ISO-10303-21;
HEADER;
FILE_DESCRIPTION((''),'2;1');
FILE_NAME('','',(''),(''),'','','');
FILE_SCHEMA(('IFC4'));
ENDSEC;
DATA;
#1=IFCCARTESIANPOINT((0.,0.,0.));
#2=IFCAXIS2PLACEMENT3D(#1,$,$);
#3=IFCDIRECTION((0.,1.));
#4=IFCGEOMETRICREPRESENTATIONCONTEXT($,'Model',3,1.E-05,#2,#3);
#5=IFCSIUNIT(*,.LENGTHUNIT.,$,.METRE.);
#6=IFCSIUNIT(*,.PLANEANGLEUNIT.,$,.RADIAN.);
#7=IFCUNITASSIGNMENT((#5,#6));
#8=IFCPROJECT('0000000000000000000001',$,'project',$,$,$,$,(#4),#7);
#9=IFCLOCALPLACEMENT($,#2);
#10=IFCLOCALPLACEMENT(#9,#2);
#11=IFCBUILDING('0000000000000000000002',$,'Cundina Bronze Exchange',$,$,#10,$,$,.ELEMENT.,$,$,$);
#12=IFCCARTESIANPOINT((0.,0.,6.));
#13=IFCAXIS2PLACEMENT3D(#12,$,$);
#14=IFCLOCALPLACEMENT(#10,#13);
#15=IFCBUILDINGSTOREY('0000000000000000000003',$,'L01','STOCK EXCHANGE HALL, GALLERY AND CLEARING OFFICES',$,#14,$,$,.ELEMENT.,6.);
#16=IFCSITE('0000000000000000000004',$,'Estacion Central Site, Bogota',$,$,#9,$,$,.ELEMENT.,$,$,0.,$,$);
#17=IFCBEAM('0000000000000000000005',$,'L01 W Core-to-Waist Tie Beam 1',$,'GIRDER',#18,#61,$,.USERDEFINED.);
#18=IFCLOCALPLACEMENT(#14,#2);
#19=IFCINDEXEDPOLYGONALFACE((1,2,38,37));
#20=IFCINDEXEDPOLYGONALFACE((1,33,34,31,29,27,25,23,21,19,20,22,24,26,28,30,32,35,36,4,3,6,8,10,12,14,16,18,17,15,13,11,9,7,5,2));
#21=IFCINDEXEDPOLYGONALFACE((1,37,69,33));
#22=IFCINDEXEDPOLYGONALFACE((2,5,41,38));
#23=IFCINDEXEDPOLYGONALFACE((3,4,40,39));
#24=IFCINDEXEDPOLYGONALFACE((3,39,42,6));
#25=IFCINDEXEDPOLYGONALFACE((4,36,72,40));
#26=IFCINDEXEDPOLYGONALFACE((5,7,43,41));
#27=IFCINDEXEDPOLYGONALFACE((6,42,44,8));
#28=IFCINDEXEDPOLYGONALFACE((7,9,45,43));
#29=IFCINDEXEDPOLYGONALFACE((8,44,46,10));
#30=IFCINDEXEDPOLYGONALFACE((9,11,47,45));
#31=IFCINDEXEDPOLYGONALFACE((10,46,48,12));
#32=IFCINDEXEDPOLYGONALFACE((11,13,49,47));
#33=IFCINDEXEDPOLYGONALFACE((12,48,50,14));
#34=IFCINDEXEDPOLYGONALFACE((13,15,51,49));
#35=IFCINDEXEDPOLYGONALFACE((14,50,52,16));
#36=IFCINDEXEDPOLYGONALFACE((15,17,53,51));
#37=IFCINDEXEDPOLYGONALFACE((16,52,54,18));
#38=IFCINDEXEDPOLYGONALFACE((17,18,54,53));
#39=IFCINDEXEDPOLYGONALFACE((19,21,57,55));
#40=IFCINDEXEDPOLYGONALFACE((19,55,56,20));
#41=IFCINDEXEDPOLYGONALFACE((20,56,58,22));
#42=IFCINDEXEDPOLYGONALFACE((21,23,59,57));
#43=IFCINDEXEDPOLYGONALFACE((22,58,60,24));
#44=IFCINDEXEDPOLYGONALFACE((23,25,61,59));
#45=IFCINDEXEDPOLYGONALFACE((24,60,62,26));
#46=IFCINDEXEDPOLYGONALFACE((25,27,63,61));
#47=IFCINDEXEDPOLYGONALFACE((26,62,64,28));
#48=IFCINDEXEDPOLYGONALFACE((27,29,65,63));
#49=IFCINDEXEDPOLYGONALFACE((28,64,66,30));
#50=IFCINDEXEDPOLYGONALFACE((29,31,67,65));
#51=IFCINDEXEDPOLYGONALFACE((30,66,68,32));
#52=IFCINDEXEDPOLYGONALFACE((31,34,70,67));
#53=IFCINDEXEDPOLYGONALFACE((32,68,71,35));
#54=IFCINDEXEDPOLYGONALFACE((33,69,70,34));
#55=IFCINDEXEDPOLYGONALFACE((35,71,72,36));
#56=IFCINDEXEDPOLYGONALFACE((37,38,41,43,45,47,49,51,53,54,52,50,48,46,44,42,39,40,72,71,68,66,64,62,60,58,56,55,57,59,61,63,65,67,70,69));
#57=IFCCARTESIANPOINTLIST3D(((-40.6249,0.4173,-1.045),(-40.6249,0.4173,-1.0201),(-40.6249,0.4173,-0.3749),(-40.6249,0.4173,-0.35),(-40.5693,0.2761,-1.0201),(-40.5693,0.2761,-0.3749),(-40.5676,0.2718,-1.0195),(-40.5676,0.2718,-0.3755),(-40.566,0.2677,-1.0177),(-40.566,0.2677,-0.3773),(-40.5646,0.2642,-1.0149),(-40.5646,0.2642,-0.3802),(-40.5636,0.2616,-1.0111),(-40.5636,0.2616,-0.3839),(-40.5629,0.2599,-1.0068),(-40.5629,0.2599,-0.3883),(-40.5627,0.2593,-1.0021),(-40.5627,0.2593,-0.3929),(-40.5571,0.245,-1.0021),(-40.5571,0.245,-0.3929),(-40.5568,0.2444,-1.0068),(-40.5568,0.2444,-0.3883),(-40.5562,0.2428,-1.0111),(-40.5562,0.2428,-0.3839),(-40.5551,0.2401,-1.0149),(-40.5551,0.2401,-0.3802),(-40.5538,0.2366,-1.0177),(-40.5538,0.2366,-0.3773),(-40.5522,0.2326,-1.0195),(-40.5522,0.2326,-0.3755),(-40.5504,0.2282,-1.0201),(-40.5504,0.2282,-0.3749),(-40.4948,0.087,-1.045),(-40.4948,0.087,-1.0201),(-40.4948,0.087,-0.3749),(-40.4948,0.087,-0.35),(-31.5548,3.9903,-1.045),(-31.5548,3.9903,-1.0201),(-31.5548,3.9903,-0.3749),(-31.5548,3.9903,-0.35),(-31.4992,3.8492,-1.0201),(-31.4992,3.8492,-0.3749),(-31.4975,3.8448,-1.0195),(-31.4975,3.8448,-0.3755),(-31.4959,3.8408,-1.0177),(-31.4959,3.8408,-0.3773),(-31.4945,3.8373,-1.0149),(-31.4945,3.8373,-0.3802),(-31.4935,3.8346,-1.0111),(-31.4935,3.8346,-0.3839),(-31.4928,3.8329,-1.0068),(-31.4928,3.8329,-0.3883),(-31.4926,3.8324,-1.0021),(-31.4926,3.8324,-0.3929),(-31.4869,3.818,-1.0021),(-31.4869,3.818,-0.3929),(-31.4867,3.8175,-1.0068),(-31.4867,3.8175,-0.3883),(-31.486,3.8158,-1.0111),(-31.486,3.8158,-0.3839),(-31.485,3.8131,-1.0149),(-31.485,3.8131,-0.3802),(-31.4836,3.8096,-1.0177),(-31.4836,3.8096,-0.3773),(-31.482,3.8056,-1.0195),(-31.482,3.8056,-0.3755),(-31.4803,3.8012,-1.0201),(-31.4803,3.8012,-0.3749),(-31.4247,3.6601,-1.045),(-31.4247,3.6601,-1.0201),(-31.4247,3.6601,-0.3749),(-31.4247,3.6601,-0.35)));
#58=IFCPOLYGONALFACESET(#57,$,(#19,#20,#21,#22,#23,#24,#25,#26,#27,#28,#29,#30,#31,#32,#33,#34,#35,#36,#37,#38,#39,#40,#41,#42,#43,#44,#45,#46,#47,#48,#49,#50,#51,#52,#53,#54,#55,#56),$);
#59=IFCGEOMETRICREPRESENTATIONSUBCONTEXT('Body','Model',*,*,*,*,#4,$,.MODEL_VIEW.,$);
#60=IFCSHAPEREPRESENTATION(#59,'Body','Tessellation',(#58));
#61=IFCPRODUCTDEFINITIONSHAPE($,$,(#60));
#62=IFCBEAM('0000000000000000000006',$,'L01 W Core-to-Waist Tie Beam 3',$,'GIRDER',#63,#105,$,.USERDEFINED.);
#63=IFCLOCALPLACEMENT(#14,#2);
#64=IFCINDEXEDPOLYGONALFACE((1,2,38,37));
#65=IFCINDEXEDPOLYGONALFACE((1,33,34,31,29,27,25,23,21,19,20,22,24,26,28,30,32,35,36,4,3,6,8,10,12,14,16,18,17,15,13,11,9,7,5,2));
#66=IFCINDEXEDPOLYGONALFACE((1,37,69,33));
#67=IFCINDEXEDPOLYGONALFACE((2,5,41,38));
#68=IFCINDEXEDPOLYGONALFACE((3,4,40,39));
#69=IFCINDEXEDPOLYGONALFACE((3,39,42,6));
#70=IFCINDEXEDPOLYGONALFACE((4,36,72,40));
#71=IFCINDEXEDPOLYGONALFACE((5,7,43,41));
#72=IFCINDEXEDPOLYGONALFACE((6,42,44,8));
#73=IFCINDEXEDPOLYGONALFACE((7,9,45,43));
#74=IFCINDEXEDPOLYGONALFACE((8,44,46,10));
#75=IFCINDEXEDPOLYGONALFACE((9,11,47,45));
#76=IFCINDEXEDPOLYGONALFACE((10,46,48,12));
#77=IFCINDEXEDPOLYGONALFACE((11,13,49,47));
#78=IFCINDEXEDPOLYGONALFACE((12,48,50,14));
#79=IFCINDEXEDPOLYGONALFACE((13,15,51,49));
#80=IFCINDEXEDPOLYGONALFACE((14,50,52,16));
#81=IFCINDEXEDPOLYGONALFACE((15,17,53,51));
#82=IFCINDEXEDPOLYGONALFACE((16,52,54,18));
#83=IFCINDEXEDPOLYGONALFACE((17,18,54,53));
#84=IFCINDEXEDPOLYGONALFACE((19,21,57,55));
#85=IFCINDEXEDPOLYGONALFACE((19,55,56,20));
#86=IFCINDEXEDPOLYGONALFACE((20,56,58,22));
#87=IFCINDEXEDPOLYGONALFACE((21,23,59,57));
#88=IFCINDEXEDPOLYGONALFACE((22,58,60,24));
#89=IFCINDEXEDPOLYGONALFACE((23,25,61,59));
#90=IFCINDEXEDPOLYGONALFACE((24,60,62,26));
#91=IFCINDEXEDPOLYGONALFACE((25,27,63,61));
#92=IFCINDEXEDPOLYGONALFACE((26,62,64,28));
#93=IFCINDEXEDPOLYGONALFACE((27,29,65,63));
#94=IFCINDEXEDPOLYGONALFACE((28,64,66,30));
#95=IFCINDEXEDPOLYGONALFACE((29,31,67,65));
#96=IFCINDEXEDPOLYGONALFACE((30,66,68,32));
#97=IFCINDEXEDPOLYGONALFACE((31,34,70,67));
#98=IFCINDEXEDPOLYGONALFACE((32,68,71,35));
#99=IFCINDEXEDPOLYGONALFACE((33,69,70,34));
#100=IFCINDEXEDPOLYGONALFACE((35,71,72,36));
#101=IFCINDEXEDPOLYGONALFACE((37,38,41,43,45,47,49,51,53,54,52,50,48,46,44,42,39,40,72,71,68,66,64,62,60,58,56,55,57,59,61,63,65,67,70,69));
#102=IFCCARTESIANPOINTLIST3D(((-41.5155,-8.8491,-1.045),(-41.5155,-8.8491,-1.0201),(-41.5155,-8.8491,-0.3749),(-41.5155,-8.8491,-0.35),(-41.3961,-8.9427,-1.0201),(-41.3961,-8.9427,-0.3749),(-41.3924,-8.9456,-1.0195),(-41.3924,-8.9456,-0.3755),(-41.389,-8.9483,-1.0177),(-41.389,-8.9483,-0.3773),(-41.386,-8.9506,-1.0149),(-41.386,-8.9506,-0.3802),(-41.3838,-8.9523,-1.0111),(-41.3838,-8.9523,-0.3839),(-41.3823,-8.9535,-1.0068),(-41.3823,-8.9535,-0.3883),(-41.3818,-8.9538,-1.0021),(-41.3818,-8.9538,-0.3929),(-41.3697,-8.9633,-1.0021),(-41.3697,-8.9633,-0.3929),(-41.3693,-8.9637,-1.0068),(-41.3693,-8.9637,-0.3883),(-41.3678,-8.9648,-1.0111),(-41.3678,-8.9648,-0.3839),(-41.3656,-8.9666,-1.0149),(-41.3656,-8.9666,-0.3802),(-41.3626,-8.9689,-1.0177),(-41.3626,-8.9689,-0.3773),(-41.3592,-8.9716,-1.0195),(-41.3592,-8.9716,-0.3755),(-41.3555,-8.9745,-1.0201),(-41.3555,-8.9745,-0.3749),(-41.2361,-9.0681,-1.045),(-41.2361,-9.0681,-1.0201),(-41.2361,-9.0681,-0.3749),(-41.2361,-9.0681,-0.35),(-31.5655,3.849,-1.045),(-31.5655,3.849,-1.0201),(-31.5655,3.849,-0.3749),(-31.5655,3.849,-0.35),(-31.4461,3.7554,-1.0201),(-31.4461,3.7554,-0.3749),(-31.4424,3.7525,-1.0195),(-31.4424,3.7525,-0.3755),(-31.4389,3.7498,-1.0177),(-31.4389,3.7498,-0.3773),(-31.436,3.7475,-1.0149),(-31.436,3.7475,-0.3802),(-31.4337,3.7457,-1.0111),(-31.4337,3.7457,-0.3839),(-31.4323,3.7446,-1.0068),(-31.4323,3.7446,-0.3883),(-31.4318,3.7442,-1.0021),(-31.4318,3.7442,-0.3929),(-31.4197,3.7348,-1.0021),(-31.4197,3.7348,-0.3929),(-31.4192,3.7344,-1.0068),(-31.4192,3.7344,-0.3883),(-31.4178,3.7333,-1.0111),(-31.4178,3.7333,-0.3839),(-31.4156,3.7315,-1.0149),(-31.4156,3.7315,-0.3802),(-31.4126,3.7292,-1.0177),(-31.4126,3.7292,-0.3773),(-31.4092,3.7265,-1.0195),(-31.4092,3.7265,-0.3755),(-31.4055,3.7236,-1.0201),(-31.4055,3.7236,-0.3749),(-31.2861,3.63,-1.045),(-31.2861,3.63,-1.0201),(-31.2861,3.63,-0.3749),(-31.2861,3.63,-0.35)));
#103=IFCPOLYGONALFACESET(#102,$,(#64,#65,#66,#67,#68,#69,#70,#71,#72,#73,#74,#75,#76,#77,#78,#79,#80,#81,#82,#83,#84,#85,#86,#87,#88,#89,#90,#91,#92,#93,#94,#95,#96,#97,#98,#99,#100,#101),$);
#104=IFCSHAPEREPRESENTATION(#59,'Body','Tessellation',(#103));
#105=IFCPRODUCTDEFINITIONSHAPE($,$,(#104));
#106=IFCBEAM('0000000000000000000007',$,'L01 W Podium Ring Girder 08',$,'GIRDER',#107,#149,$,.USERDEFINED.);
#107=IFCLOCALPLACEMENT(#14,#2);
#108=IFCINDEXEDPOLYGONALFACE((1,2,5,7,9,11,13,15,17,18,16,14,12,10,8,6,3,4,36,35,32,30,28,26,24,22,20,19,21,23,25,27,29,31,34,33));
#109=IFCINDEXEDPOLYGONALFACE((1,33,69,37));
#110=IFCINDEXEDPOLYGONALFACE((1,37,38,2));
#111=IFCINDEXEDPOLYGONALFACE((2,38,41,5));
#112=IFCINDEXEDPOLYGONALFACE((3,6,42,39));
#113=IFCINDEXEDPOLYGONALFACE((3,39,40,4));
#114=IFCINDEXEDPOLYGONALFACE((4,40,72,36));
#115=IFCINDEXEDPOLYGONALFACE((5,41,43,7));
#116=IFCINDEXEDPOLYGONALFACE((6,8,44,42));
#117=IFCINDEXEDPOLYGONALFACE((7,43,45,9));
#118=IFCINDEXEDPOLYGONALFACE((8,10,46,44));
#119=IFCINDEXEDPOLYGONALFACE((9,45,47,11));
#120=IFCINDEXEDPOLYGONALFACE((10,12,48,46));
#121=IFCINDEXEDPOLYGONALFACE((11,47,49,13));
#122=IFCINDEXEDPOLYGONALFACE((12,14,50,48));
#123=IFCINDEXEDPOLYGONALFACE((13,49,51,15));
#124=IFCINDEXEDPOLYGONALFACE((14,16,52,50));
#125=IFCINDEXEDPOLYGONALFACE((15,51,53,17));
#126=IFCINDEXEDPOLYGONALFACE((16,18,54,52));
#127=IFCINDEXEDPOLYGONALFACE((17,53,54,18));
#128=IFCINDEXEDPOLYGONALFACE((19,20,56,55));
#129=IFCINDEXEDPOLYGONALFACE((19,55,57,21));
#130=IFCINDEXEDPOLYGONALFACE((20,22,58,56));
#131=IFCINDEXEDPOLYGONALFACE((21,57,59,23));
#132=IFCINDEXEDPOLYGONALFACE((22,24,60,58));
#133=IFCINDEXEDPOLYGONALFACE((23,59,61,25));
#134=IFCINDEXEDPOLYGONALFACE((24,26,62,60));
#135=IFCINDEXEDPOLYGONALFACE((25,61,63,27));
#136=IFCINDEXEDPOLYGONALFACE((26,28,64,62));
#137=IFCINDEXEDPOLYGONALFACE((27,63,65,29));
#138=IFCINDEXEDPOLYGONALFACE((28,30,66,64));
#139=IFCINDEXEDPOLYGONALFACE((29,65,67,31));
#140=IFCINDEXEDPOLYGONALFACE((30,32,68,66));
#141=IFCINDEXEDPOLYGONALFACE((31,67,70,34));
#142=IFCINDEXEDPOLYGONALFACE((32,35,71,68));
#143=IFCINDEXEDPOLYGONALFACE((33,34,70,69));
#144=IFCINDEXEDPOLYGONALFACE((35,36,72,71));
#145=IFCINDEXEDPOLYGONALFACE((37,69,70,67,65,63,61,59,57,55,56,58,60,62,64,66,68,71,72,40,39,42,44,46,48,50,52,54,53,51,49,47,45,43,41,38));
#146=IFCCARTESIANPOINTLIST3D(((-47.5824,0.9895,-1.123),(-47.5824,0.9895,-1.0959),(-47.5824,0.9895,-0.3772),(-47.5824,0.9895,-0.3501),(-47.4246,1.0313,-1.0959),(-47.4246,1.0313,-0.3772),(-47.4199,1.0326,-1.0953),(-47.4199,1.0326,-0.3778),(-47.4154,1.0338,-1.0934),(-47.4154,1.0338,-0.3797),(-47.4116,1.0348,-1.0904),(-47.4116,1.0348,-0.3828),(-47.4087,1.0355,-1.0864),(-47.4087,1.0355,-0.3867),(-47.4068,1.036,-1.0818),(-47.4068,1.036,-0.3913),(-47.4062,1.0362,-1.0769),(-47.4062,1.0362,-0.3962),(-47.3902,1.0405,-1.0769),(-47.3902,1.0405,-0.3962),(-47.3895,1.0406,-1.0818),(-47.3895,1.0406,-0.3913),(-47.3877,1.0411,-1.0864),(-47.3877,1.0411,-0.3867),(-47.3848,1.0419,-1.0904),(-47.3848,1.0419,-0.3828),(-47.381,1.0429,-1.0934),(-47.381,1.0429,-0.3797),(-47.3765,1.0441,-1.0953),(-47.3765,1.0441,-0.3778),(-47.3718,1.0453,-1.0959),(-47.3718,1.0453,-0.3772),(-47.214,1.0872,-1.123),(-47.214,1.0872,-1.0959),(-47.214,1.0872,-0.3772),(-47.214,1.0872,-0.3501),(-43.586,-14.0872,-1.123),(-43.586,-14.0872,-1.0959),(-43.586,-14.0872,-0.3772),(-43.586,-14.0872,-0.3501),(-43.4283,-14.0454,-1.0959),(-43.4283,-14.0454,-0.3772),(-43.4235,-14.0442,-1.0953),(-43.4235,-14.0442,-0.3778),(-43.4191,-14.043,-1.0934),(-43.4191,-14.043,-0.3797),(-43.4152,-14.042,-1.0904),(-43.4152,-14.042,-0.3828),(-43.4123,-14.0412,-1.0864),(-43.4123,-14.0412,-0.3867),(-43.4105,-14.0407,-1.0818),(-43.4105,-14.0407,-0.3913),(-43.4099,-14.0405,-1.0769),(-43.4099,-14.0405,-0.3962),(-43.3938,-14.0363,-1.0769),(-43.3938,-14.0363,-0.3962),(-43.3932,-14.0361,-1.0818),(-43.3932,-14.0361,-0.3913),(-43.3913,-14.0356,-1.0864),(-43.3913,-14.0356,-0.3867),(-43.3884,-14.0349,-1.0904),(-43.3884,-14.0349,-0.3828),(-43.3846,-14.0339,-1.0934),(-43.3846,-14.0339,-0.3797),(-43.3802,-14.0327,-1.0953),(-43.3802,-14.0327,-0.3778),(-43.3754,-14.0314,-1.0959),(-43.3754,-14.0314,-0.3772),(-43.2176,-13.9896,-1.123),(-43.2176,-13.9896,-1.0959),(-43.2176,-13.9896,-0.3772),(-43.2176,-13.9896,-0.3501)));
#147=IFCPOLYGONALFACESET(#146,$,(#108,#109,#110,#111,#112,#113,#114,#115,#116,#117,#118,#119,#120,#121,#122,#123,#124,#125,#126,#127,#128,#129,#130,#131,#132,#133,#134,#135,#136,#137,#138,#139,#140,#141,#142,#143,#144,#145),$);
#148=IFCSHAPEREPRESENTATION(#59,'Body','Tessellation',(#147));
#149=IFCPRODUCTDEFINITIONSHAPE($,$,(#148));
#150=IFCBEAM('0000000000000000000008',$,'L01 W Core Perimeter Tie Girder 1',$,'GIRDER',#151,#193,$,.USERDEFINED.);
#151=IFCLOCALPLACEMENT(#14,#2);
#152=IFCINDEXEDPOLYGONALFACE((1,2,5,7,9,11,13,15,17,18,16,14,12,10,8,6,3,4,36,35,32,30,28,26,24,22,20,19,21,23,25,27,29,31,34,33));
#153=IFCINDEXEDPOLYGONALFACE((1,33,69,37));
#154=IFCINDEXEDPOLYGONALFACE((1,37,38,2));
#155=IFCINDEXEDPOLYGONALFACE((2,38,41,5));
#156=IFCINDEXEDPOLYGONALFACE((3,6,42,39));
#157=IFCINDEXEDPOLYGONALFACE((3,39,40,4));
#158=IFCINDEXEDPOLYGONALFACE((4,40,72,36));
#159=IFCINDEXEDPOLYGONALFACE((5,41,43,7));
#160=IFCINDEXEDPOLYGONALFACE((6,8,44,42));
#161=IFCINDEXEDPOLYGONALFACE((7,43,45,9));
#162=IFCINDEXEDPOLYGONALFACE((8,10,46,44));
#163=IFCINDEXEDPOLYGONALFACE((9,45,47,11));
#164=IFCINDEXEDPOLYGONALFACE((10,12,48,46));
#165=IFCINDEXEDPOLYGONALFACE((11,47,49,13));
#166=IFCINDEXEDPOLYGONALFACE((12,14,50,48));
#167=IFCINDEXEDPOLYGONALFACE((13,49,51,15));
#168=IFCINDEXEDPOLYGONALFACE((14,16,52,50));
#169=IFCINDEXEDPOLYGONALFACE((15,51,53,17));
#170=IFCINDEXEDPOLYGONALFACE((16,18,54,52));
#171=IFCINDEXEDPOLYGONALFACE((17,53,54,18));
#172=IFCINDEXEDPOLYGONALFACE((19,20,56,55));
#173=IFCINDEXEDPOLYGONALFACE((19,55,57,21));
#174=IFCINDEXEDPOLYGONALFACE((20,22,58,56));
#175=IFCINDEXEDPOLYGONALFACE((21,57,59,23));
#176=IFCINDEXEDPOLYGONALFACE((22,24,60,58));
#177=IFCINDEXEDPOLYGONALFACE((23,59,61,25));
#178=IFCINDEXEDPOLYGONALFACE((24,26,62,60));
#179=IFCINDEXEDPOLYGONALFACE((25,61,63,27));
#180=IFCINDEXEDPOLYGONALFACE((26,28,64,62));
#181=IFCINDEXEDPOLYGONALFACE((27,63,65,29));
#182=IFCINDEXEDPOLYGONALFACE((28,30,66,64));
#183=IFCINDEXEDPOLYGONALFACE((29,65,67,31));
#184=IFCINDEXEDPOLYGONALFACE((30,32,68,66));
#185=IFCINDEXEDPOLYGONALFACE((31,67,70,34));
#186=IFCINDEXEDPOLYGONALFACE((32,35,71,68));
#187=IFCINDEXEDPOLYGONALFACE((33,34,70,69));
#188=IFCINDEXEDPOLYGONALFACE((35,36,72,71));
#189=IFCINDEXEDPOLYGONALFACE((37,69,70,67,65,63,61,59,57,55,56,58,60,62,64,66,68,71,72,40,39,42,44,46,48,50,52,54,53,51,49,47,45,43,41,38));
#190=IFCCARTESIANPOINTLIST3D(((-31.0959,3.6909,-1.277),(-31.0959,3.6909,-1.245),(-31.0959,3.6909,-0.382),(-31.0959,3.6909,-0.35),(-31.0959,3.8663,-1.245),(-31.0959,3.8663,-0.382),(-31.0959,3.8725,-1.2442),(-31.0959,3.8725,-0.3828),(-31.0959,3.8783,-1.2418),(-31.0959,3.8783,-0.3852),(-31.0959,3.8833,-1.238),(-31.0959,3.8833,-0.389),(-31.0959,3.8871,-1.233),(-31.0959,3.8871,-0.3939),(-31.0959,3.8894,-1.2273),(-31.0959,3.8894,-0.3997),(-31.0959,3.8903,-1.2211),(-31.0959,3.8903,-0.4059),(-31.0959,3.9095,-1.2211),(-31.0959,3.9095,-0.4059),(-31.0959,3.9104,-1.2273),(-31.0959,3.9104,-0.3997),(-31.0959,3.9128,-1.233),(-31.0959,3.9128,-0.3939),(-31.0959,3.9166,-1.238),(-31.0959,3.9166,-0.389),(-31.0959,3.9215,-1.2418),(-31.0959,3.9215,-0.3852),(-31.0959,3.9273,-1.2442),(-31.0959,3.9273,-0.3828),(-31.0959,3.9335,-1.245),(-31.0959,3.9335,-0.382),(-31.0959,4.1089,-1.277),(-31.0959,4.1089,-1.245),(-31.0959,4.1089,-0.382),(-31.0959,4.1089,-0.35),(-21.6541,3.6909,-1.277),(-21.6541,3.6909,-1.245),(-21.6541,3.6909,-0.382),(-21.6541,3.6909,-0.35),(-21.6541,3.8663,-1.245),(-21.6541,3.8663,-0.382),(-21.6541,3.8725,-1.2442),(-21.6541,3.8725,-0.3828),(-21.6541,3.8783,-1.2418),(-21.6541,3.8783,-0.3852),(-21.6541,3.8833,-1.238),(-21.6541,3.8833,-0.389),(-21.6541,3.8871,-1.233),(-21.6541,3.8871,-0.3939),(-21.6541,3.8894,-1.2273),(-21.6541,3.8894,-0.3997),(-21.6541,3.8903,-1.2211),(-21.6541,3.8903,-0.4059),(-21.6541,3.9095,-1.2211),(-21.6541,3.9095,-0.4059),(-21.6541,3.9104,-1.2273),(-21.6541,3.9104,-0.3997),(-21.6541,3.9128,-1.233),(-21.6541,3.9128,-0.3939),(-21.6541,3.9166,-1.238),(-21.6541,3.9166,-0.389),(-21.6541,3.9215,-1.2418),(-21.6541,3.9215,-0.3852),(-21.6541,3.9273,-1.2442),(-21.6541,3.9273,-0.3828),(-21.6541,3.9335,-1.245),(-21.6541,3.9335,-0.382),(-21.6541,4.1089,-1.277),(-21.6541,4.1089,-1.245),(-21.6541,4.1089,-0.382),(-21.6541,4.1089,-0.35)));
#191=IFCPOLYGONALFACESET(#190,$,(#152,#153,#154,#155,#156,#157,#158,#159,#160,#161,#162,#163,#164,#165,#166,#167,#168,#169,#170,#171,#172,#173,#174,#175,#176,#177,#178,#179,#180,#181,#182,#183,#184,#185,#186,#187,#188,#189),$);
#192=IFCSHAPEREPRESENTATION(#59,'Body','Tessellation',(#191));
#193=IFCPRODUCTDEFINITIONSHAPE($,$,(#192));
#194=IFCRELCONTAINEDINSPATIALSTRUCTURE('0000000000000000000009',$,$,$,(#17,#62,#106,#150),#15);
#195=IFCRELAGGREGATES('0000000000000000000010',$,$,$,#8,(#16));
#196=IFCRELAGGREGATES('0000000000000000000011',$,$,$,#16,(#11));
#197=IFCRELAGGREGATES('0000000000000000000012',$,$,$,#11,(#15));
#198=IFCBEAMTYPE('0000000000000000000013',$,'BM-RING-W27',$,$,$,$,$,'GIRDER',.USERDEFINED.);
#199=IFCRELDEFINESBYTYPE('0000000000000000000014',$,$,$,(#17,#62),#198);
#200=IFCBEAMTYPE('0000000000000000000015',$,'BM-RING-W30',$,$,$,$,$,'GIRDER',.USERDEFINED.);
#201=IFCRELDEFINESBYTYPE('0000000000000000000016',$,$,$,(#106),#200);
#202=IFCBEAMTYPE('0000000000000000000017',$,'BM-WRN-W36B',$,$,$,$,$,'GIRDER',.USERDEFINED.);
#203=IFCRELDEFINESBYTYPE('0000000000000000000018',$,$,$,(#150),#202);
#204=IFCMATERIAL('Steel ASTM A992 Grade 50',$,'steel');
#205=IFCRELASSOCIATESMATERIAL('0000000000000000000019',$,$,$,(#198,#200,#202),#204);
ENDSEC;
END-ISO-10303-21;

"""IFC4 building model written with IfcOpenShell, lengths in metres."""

from ifc_helpers import new_model, si_unit, direction, frame, origin, origin_2d, place, context, subcontext, project, spatial, i_section, extrude, material, material_profile, profile_set, type_object, element, save


model = new_model("IFC4")

# Units and contexts
model_context = context("Model", 3, precision=1e-05, world=origin(), true_north=direction((0.0, 1.0)))
body_context = subcontext(model_context, "Body", "Model", "MODEL_VIEW")
ifc_project = project(units=[si_unit("LENGTHUNIT", "METRE"), si_unit("PLANEANGLEUNIT", "RADIAN")], contexts=[model_context])

# Site, building, storey
site_placement = place(None, origin())
site = spatial("IfcSite", under=ifc_project, at=site_placement, Name="Estacion Central Site, Bogota", CompositionType="ELEMENT", RefElevation=0.0)
building_placement = place(site_placement, origin())
building = spatial("IfcBuilding", under=site, at=building_placement, Name="Cundina Bronze Exchange", CompositionType="ELEMENT")
storey_placement = place(building_placement, frame((0.0, 0.0, 6.0)))
storey = spatial("IfcBuildingStorey", under=building, at=storey_placement, Name="L01", Description="STOCK EXCHANGE HALL, GALLERY AND CLEARING OFFICES", CompositionType="ELEMENT", Elevation=6.0)

# Shared definitions
ifc_material_1 = material(Name="Steel ASTM A992 Grade 50", Category="steel")

# Beams
ifc_material_profile_1 = material_profile(ifc_material_1, i_section(OverallWidth=0.355, OverallDepth=0.6951, WebThickness=0.0154, FlangeThickness=0.0249, FilletRadius=0.0181, at=origin_2d()), Name="W27X146", Category="steel")
ifc_profile_set_1 = profile_set([ifc_material_profile_1], Name="Steel ASTM A992 Grade 50")
beam_type_1 = type_object("IfcBeamType", Name="BM-RING-W27", ElementType="GIRDER", PredefinedType="USERDEFINED", material=ifc_profile_set_1)
beam_1_placement = place(storey_placement, frame((-31.4897, 3.8252, -0.6975), z_axis=(-0.93041, -0.366519, 0.0), x_axis=(0.366519, -0.93041, 0.0)))
element("IfcBeam", 1, at=beam_1_placement, inside=storey, type_object=beam_type_1, Name="L01 W Core-to-Waist Tie Beam 1", ObjectType="GIRDER", PredefinedType="USERDEFINED", context=body_context, shape_type="SweptSolid", body=[
    extrude(i_section(OverallWidth=0.355, OverallDepth=0.6951, WebThickness=0.0154, FlangeThickness=0.0249, FilletRadius=0.0181, at=origin_2d()), origin(), (0.0, 0.0, 1.0), 9.7485),
])
beam_2_placement = place(storey_placement, frame((-31.4258, 3.7395, -0.6975), z_axis=(-0.616784, -0.787132, 0.0), x_axis=(0.787132, -0.616784, 0.0)))
element("IfcBeam", 2, at=beam_2_placement, inside=storey, type_object=beam_type_1, Name="L01 W Core-to-Waist Tie Beam 3", ObjectType="GIRDER", PredefinedType="USERDEFINED", context=body_context, shape_type="SweptSolid", body=[
    extrude(i_section(OverallWidth=0.355, OverallDepth=0.6951, WebThickness=0.0154, FlangeThickness=0.0249, FilletRadius=0.0181, at=origin_2d()), origin(), (0.0, 0.0, 1.0), 16.1321),
])
ifc_material_profile_2 = material_profile(ifc_material_1, i_section(OverallWidth=0.3811, OverallDepth=0.7729, WebThickness=0.0166, FlangeThickness=0.0271, FilletRadius=0.019, at=origin_2d()), Name="W30X173", Category="steel")
ifc_profile_set_2 = profile_set([ifc_material_profile_2], Name="Steel ASTM A992 Grade 50")
beam_type_2 = type_object("IfcBeamType", Name="BM-RING-W30", ElementType="GIRDER", PredefinedType="USERDEFINED", material=ifc_profile_set_2)
beam_3_placement = place(storey_placement, frame((-47.3982, 1.0383, -0.7366), z_axis=(0.25622, -0.966619, 0.0), x_axis=(0.966619, 0.25622, 0.0)))
element("IfcBeam", 3, at=beam_3_placement, inside=storey, type_object=beam_type_2, Name="L01 W Podium Ring Girder 08", ObjectType="GIRDER", PredefinedType="USERDEFINED", context=body_context, shape_type="SweptSolid", body=[
    extrude(i_section(OverallWidth=0.3811, OverallDepth=0.7729, WebThickness=0.0166, FlangeThickness=0.0271, FilletRadius=0.019, at=origin_2d()), origin(), (0.0, 0.0, 1.0), 15.5974),
])
ifc_material_profile_3 = material_profile(ifc_material_1, i_section(OverallWidth=0.418, OverallDepth=0.927, WebThickness=0.0193, FlangeThickness=0.032, FilletRadius=0.0239, at=origin_2d()), Name="W36X231", Category="steel")
ifc_profile_set_3 = profile_set([ifc_material_profile_3], Name="Steel ASTM A992 Grade 50")
beam_type_3 = type_object("IfcBeamType", Name="BM-WRN-W36B", ElementType="GIRDER", PredefinedType="USERDEFINED", material=ifc_profile_set_3)
beam_4_placement = place(storey_placement, frame((-31.0959, 3.8999, -0.8135), z_axis=(1.0, 0.0, 0.0), x_axis=(0.0, 1.0, 0.0)))
element("IfcBeam", 4, at=beam_4_placement, inside=storey, type_object=beam_type_3, Name="L01 W Core Perimeter Tie Girder 1", ObjectType="GIRDER", PredefinedType="USERDEFINED", context=body_context, shape_type="SweptSolid", body=[
    extrude(i_section(OverallWidth=0.418, OverallDepth=0.927, WebThickness=0.0193, FlangeThickness=0.032, FilletRadius=0.0239, at=origin_2d()), origin(), (0.0, 0.0, 1.0), 9.4419),
])

save(model, "model.ifc")
